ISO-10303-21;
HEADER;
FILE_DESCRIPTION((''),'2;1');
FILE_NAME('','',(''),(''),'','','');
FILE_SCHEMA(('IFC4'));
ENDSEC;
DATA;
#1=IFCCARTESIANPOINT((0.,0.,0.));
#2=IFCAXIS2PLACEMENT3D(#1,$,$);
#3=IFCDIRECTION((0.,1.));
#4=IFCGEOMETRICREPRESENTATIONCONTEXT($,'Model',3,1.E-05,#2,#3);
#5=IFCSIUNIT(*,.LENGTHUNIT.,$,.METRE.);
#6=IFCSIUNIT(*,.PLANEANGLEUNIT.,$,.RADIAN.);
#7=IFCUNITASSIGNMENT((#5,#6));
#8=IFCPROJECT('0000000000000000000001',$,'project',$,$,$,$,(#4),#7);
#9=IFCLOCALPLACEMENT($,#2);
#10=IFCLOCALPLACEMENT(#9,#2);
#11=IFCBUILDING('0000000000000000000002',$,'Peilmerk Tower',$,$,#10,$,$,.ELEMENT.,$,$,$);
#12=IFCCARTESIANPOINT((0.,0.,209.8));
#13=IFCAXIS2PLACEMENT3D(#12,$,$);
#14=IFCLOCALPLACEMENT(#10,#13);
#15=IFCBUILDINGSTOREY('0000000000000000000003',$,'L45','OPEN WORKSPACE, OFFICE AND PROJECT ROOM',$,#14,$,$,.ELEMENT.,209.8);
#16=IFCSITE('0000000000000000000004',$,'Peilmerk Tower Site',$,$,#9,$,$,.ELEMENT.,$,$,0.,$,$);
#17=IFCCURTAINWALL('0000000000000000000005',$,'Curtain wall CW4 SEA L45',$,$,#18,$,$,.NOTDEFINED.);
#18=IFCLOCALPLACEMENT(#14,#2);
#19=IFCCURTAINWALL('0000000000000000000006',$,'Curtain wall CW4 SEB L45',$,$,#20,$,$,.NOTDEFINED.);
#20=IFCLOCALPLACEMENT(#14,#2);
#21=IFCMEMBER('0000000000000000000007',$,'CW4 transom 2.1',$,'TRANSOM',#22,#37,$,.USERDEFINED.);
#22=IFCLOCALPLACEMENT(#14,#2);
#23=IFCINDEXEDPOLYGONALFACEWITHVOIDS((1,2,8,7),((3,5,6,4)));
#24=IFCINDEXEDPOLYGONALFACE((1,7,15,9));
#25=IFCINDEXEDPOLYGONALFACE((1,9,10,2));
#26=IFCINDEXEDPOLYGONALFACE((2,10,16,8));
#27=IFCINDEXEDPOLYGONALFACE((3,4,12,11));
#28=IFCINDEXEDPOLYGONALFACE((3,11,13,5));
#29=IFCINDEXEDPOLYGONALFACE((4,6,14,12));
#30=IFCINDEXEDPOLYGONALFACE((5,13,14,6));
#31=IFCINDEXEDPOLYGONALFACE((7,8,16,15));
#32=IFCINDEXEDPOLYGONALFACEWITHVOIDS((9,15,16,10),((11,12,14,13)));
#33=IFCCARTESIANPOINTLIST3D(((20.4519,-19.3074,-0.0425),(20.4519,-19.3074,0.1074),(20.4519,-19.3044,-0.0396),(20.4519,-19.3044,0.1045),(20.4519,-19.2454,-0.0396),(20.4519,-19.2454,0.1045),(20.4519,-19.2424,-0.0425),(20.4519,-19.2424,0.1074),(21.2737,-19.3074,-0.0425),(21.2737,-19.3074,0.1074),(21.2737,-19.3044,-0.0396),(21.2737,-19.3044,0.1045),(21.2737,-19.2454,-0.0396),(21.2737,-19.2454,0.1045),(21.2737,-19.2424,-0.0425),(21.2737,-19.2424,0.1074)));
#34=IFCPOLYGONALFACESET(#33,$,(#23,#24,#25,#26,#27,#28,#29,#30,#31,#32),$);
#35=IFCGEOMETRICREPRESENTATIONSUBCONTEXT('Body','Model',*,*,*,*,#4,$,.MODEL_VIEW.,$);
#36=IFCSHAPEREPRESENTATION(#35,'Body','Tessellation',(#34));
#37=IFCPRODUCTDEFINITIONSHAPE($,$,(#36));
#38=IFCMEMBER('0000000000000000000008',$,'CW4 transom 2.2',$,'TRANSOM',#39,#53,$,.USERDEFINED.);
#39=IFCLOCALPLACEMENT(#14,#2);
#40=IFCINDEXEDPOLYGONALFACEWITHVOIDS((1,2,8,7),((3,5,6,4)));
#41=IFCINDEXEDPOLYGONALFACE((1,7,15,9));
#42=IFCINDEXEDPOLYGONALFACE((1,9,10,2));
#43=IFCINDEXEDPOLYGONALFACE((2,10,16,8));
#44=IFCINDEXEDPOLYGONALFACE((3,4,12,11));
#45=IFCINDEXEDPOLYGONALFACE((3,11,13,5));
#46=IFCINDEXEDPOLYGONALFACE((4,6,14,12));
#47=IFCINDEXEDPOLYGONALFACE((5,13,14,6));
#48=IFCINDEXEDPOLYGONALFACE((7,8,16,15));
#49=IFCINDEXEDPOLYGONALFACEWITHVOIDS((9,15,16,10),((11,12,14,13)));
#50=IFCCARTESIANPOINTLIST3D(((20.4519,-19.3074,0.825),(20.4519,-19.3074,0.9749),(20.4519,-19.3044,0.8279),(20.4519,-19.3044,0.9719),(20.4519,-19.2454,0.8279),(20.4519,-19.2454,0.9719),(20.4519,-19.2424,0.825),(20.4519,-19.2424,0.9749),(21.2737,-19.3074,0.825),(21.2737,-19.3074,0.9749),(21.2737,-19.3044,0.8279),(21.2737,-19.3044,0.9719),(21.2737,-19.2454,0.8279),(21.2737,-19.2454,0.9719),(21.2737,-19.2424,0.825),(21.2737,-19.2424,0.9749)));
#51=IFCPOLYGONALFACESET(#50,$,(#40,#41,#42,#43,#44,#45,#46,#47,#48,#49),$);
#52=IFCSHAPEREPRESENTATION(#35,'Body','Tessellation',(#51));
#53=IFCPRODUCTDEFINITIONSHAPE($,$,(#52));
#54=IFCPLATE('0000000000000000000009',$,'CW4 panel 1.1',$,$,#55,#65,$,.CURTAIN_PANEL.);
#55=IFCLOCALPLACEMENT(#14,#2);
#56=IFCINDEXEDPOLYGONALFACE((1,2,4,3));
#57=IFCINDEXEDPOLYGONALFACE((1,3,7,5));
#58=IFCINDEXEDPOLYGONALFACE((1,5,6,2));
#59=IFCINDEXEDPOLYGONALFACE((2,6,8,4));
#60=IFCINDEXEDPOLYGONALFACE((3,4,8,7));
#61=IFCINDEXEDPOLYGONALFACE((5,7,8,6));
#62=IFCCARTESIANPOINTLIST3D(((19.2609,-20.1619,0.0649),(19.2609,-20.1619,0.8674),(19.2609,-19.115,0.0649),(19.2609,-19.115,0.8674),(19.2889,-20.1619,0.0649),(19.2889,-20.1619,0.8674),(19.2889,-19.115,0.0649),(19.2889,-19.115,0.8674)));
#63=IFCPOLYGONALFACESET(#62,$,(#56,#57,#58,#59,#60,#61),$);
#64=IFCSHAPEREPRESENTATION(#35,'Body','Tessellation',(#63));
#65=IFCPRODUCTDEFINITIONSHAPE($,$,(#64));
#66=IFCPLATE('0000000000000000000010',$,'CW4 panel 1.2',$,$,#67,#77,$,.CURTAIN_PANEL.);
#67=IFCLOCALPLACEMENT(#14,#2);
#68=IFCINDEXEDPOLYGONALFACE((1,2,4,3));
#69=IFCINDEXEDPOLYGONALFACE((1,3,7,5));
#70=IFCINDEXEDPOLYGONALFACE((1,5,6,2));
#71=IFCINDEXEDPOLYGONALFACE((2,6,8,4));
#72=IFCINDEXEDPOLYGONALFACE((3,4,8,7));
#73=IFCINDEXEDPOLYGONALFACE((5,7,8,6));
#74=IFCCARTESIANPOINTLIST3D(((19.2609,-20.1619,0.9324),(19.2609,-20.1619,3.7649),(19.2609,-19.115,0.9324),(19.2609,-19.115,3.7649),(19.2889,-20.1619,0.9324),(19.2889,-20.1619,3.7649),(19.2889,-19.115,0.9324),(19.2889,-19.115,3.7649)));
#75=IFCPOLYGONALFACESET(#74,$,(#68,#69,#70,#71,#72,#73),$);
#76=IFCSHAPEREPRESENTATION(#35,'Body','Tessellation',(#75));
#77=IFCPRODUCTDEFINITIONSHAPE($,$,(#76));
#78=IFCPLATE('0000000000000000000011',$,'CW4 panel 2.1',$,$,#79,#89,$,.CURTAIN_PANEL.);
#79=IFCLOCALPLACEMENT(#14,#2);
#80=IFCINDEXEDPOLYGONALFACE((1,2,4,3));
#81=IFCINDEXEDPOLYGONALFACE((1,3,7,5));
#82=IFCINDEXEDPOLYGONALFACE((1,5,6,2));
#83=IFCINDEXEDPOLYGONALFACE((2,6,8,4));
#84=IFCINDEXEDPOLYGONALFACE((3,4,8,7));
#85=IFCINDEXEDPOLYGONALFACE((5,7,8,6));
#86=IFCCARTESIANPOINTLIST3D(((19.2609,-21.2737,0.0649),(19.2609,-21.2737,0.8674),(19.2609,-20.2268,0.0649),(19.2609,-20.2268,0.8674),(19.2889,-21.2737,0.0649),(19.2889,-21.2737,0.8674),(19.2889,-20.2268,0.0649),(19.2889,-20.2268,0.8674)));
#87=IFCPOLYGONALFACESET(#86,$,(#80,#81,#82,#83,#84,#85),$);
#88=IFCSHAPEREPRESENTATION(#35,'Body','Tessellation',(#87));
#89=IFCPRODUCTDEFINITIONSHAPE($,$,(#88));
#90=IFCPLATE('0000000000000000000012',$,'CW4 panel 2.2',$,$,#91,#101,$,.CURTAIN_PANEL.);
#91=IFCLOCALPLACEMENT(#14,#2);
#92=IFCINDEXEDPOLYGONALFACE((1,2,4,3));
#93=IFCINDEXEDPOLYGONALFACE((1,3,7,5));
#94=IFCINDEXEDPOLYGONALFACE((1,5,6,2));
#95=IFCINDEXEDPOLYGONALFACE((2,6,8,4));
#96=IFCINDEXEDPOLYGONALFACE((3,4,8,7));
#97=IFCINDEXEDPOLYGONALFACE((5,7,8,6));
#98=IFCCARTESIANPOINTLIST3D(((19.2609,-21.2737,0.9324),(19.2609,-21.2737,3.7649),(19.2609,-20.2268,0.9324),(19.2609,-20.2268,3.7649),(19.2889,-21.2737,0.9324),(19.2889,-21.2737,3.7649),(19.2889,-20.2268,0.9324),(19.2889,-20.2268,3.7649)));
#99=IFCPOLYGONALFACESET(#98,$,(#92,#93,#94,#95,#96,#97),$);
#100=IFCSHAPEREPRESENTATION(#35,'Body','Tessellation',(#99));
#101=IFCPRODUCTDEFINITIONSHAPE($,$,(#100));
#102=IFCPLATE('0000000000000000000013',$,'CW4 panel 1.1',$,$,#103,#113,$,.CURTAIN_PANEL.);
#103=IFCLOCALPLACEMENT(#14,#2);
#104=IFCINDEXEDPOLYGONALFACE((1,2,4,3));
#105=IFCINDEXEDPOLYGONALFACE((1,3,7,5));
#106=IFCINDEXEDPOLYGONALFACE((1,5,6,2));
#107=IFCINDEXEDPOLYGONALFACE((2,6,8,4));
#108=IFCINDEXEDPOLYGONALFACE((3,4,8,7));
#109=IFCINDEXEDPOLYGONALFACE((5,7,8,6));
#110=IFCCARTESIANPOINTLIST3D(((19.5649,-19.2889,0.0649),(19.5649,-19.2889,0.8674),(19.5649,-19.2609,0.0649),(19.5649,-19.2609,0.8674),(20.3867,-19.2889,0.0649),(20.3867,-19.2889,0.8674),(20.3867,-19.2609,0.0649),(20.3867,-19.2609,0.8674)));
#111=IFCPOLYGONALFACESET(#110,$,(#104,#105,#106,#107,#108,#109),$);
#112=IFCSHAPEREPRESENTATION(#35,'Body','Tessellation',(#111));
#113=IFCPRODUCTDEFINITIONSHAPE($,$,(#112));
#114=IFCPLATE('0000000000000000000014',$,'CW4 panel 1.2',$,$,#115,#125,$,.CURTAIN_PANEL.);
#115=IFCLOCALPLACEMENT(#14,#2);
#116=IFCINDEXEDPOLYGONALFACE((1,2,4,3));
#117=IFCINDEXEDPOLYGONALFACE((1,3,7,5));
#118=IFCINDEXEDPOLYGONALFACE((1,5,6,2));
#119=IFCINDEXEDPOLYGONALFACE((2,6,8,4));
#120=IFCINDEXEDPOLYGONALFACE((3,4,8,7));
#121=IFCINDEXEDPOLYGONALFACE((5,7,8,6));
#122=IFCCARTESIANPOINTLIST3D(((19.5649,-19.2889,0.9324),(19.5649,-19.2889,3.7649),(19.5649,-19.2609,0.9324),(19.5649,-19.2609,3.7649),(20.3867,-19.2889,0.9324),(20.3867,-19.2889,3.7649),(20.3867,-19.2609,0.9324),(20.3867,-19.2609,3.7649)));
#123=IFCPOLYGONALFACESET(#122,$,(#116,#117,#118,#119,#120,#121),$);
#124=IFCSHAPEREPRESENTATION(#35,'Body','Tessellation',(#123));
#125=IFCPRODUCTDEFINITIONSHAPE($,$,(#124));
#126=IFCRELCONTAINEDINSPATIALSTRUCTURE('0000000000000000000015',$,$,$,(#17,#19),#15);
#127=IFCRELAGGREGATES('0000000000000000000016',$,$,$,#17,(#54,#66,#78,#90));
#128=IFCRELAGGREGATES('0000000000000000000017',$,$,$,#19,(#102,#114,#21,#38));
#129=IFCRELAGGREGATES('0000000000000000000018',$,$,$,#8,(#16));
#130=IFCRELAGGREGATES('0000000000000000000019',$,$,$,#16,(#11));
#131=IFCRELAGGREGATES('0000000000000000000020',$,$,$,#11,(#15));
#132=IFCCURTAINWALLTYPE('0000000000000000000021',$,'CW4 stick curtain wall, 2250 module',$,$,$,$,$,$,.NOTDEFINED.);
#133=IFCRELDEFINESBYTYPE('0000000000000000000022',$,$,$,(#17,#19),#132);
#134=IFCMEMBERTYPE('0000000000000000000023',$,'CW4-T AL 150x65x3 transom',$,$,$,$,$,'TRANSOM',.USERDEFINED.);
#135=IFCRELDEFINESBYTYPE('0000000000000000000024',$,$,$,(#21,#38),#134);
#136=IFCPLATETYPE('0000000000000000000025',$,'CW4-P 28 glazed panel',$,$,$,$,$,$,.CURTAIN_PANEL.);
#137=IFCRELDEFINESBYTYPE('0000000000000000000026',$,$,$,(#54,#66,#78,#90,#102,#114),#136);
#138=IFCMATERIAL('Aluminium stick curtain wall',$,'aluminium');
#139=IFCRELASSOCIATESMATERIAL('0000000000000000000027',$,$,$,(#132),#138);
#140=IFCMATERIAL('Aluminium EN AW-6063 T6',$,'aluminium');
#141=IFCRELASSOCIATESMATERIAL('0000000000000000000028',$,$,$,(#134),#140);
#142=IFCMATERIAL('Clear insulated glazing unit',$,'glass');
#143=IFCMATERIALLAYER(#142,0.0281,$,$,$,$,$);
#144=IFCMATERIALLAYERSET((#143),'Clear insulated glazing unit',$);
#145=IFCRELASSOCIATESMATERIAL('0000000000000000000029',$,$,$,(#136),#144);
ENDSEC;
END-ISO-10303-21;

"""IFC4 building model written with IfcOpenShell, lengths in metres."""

from ifc_helpers import new_model, si_unit, direction, frame, origin, origin_2d, place, context, subcontext, project, spatial, rectangle, hollow_rectangle, extrude, material, layer, layer_set, material_profile, profile_set, type_object, element, aggregate, save


model = new_model("IFC4")

# Units and contexts
model_context = context("Model", 3, precision=1e-05, world=origin(), true_north=direction((0.0, 1.0)))
body_context = subcontext(model_context, "Body", "Model", "MODEL_VIEW")
ifc_project = project(units=[si_unit("LENGTHUNIT", "METRE"), si_unit("PLANEANGLEUNIT", "RADIAN")], contexts=[model_context])

# Site, building, storey
site_placement = place(None, origin())
site = spatial("IfcSite", under=ifc_project, at=site_placement, Name="Peilmerk Tower Site", CompositionType="ELEMENT", RefElevation=0.0)
building_placement = place(site_placement, origin())
building = spatial("IfcBuilding", under=site, at=building_placement, Name="Peilmerk Tower", CompositionType="ELEMENT")
storey_placement = place(building_placement, frame((0.0, 0.0, 209.8)))
storey = spatial("IfcBuildingStorey", under=building, at=storey_placement, Name="L45", Description="OPEN WORKSPACE, OFFICE AND PROJECT ROOM", CompositionType="ELEMENT", Elevation=209.8)

# Curtain walls
ifc_material_1 = material(Name="Aluminium stick curtain wall", Category="aluminium")
curtain_wall_type = type_object("IfcCurtainWallType", Name="CW4 stick curtain wall, 2250 module", PredefinedType="NOTDEFINED", material=ifc_material_1)
curtain_wall_1_placement = place(storey_placement, origin())
curtain_wall_1 = element("IfcCurtainWall", 1, at=curtain_wall_1_placement, inside=storey, type_object=curtain_wall_type, Name="Curtain wall CW4 SEA L45", PredefinedType="NOTDEFINED")
ifc_material_2 = material(Name="Aluminium EN AW-6063 T6", Category="aluminium")
curtain_wall_2_placement = place(storey_placement, origin())
curtain_wall_2 = element("IfcCurtainWall", 2, at=curtain_wall_2_placement, inside=storey, type_object=curtain_wall_type, Name="Curtain wall CW4 SEB L45", PredefinedType="NOTDEFINED")

# Members
ifc_material_profile_1 = material_profile(ifc_material_2, hollow_rectangle(XDim=0.0649, YDim=0.1499, WallThickness=0.0029, at=origin_2d()), Name="AL 150x65x3")
ifc_profile_set_1 = profile_set([ifc_material_profile_1], Name="Aluminium EN AW-6063 T6")
member_type_1 = type_object("IfcMemberType", Name="CW4-T AL 150x65x3 transom", ElementType="TRANSOM", PredefinedType="USERDEFINED", material=ifc_profile_set_1)
member_1_placement = place(storey_placement, frame((20.4519, -19.2749, 0.0325), z_axis=(1.0, 0.0, 0.0), x_axis=(0.0, 1.0, 0.0)))
member_1 = element("IfcMember", 3, at=member_1_placement, type_object=member_type_1, Name="CW4 transom 2.1", ObjectType="TRANSOM", PredefinedType="USERDEFINED", context=body_context, shape_type="SweptSolid", body=[
    extrude(hollow_rectangle(XDim=0.0649, YDim=0.1499, WallThickness=0.0029, at=origin_2d()), origin(), (0.0, 0.0, 1.0), 0.8218),
])
member_2_placement = place(storey_placement, frame((20.4519, -19.2749, 0.8999), z_axis=(1.0, 0.0, 0.0), x_axis=(0.0, 1.0, 0.0)))
member_2 = element("IfcMember", 4, at=member_2_placement, type_object=member_type_1, Name="CW4 transom 2.2", ObjectType="TRANSOM", PredefinedType="USERDEFINED", context=body_context, shape_type="SweptSolid", body=[
    extrude(hollow_rectangle(XDim=0.0649, YDim=0.1499, WallThickness=0.0029, at=origin_2d()), origin(), (0.0, 0.0, 1.0), 0.8218),
])

# Plates
ifc_material_3 = material(Name="Clear insulated glazing unit", Category="glass")
ifc_layer_1 = layer(ifc_material_3, 0.0281)
ifc_layer_set_1 = layer_set([ifc_layer_1], Name="Clear insulated glazing unit")
plate_type = type_object("IfcPlateType", Name="CW4-P 28 glazed panel", PredefinedType="CURTAIN_PANEL", material=ifc_layer_set_1)
plate_1_placement = place(storey_placement, frame((19.2749, -19.6384, 0.0649), z_axis=(0.0, 0.0, 1.0), x_axis=(0.0, -1.0, 0.0)))
plate_1 = element("IfcPlate", 5, at=plate_1_placement, type_object=plate_type, Name="CW4 panel 1.1", PredefinedType="CURTAIN_PANEL", context=body_context, shape_type="SweptSolid", body=[
    extrude(rectangle(XDim=1.0469, YDim=0.0281, at=origin_2d()), origin(), (0.0, 0.0, 1.0), 0.8025),
])
plate_2_placement = place(storey_placement, frame((19.2749, -19.6384, 0.9324), z_axis=(0.0, 0.0, 1.0), x_axis=(0.0, -1.0, 0.0)))
plate_2 = element("IfcPlate", 6, at=plate_2_placement, type_object=plate_type, Name="CW4 panel 1.2", PredefinedType="CURTAIN_PANEL", context=body_context, shape_type="SweptSolid", body=[
    extrude(rectangle(XDim=1.0469, YDim=0.0281, at=origin_2d()), origin(), (0.0, 0.0, 1.0), 2.8325),
])
plate_3_placement = place(storey_placement, frame((19.2749, -20.7502, 0.0649), z_axis=(0.0, 0.0, 1.0), x_axis=(0.0, -1.0, 0.0)))
plate_3 = element("IfcPlate", 7, at=plate_3_placement, type_object=plate_type, Name="CW4 panel 2.1", PredefinedType="CURTAIN_PANEL", context=body_context, shape_type="SweptSolid", body=[
    extrude(rectangle(XDim=1.0469, YDim=0.0281, at=origin_2d()), origin(), (0.0, 0.0, 1.0), 0.8025),
])
plate_4_placement = place(storey_placement, frame((19.2749, -20.7502, 0.9324), z_axis=(0.0, 0.0, 1.0), x_axis=(0.0, -1.0, 0.0)))
plate_4 = element("IfcPlate", 8, at=plate_4_placement, type_object=plate_type, Name="CW4 panel 2.2", PredefinedType="CURTAIN_PANEL", context=body_context, shape_type="SweptSolid", body=[
    extrude(rectangle(XDim=1.0469, YDim=0.0281, at=origin_2d()), origin(), (0.0, 0.0, 1.0), 2.8325),
])
aggregate(curtain_wall_1, [plate_1, plate_2, plate_3, plate_4])
plate_5_placement = place(storey_placement, frame((19.9758, -19.2749, 0.0649), z_axis=(0.0, 0.0, 1.0), x_axis=(1.0, 0.0, 0.0)))
plate_5 = element("IfcPlate", 9, at=plate_5_placement, type_object=plate_type, Name="CW4 panel 1.1", PredefinedType="CURTAIN_PANEL", context=body_context, shape_type="SweptSolid", body=[
    extrude(rectangle(XDim=0.8218, YDim=0.0281, at=origin_2d()), origin(), (0.0, 0.0, 1.0), 0.8025),
])
plate_6_placement = place(storey_placement, frame((19.9758, -19.2749, 0.9324), z_axis=(0.0, 0.0, 1.0), x_axis=(1.0, 0.0, 0.0)))
plate_6 = element("IfcPlate", 10, at=plate_6_placement, type_object=plate_type, Name="CW4 panel 1.2", PredefinedType="CURTAIN_PANEL", context=body_context, shape_type="SweptSolid", body=[
    extrude(rectangle(XDim=0.8218, YDim=0.0281, at=origin_2d()), origin(), (0.0, 0.0, 1.0), 2.8325),
])
aggregate(curtain_wall_2, [plate_5, plate_6, member_1, member_2])

save(model, "model.ifc")
